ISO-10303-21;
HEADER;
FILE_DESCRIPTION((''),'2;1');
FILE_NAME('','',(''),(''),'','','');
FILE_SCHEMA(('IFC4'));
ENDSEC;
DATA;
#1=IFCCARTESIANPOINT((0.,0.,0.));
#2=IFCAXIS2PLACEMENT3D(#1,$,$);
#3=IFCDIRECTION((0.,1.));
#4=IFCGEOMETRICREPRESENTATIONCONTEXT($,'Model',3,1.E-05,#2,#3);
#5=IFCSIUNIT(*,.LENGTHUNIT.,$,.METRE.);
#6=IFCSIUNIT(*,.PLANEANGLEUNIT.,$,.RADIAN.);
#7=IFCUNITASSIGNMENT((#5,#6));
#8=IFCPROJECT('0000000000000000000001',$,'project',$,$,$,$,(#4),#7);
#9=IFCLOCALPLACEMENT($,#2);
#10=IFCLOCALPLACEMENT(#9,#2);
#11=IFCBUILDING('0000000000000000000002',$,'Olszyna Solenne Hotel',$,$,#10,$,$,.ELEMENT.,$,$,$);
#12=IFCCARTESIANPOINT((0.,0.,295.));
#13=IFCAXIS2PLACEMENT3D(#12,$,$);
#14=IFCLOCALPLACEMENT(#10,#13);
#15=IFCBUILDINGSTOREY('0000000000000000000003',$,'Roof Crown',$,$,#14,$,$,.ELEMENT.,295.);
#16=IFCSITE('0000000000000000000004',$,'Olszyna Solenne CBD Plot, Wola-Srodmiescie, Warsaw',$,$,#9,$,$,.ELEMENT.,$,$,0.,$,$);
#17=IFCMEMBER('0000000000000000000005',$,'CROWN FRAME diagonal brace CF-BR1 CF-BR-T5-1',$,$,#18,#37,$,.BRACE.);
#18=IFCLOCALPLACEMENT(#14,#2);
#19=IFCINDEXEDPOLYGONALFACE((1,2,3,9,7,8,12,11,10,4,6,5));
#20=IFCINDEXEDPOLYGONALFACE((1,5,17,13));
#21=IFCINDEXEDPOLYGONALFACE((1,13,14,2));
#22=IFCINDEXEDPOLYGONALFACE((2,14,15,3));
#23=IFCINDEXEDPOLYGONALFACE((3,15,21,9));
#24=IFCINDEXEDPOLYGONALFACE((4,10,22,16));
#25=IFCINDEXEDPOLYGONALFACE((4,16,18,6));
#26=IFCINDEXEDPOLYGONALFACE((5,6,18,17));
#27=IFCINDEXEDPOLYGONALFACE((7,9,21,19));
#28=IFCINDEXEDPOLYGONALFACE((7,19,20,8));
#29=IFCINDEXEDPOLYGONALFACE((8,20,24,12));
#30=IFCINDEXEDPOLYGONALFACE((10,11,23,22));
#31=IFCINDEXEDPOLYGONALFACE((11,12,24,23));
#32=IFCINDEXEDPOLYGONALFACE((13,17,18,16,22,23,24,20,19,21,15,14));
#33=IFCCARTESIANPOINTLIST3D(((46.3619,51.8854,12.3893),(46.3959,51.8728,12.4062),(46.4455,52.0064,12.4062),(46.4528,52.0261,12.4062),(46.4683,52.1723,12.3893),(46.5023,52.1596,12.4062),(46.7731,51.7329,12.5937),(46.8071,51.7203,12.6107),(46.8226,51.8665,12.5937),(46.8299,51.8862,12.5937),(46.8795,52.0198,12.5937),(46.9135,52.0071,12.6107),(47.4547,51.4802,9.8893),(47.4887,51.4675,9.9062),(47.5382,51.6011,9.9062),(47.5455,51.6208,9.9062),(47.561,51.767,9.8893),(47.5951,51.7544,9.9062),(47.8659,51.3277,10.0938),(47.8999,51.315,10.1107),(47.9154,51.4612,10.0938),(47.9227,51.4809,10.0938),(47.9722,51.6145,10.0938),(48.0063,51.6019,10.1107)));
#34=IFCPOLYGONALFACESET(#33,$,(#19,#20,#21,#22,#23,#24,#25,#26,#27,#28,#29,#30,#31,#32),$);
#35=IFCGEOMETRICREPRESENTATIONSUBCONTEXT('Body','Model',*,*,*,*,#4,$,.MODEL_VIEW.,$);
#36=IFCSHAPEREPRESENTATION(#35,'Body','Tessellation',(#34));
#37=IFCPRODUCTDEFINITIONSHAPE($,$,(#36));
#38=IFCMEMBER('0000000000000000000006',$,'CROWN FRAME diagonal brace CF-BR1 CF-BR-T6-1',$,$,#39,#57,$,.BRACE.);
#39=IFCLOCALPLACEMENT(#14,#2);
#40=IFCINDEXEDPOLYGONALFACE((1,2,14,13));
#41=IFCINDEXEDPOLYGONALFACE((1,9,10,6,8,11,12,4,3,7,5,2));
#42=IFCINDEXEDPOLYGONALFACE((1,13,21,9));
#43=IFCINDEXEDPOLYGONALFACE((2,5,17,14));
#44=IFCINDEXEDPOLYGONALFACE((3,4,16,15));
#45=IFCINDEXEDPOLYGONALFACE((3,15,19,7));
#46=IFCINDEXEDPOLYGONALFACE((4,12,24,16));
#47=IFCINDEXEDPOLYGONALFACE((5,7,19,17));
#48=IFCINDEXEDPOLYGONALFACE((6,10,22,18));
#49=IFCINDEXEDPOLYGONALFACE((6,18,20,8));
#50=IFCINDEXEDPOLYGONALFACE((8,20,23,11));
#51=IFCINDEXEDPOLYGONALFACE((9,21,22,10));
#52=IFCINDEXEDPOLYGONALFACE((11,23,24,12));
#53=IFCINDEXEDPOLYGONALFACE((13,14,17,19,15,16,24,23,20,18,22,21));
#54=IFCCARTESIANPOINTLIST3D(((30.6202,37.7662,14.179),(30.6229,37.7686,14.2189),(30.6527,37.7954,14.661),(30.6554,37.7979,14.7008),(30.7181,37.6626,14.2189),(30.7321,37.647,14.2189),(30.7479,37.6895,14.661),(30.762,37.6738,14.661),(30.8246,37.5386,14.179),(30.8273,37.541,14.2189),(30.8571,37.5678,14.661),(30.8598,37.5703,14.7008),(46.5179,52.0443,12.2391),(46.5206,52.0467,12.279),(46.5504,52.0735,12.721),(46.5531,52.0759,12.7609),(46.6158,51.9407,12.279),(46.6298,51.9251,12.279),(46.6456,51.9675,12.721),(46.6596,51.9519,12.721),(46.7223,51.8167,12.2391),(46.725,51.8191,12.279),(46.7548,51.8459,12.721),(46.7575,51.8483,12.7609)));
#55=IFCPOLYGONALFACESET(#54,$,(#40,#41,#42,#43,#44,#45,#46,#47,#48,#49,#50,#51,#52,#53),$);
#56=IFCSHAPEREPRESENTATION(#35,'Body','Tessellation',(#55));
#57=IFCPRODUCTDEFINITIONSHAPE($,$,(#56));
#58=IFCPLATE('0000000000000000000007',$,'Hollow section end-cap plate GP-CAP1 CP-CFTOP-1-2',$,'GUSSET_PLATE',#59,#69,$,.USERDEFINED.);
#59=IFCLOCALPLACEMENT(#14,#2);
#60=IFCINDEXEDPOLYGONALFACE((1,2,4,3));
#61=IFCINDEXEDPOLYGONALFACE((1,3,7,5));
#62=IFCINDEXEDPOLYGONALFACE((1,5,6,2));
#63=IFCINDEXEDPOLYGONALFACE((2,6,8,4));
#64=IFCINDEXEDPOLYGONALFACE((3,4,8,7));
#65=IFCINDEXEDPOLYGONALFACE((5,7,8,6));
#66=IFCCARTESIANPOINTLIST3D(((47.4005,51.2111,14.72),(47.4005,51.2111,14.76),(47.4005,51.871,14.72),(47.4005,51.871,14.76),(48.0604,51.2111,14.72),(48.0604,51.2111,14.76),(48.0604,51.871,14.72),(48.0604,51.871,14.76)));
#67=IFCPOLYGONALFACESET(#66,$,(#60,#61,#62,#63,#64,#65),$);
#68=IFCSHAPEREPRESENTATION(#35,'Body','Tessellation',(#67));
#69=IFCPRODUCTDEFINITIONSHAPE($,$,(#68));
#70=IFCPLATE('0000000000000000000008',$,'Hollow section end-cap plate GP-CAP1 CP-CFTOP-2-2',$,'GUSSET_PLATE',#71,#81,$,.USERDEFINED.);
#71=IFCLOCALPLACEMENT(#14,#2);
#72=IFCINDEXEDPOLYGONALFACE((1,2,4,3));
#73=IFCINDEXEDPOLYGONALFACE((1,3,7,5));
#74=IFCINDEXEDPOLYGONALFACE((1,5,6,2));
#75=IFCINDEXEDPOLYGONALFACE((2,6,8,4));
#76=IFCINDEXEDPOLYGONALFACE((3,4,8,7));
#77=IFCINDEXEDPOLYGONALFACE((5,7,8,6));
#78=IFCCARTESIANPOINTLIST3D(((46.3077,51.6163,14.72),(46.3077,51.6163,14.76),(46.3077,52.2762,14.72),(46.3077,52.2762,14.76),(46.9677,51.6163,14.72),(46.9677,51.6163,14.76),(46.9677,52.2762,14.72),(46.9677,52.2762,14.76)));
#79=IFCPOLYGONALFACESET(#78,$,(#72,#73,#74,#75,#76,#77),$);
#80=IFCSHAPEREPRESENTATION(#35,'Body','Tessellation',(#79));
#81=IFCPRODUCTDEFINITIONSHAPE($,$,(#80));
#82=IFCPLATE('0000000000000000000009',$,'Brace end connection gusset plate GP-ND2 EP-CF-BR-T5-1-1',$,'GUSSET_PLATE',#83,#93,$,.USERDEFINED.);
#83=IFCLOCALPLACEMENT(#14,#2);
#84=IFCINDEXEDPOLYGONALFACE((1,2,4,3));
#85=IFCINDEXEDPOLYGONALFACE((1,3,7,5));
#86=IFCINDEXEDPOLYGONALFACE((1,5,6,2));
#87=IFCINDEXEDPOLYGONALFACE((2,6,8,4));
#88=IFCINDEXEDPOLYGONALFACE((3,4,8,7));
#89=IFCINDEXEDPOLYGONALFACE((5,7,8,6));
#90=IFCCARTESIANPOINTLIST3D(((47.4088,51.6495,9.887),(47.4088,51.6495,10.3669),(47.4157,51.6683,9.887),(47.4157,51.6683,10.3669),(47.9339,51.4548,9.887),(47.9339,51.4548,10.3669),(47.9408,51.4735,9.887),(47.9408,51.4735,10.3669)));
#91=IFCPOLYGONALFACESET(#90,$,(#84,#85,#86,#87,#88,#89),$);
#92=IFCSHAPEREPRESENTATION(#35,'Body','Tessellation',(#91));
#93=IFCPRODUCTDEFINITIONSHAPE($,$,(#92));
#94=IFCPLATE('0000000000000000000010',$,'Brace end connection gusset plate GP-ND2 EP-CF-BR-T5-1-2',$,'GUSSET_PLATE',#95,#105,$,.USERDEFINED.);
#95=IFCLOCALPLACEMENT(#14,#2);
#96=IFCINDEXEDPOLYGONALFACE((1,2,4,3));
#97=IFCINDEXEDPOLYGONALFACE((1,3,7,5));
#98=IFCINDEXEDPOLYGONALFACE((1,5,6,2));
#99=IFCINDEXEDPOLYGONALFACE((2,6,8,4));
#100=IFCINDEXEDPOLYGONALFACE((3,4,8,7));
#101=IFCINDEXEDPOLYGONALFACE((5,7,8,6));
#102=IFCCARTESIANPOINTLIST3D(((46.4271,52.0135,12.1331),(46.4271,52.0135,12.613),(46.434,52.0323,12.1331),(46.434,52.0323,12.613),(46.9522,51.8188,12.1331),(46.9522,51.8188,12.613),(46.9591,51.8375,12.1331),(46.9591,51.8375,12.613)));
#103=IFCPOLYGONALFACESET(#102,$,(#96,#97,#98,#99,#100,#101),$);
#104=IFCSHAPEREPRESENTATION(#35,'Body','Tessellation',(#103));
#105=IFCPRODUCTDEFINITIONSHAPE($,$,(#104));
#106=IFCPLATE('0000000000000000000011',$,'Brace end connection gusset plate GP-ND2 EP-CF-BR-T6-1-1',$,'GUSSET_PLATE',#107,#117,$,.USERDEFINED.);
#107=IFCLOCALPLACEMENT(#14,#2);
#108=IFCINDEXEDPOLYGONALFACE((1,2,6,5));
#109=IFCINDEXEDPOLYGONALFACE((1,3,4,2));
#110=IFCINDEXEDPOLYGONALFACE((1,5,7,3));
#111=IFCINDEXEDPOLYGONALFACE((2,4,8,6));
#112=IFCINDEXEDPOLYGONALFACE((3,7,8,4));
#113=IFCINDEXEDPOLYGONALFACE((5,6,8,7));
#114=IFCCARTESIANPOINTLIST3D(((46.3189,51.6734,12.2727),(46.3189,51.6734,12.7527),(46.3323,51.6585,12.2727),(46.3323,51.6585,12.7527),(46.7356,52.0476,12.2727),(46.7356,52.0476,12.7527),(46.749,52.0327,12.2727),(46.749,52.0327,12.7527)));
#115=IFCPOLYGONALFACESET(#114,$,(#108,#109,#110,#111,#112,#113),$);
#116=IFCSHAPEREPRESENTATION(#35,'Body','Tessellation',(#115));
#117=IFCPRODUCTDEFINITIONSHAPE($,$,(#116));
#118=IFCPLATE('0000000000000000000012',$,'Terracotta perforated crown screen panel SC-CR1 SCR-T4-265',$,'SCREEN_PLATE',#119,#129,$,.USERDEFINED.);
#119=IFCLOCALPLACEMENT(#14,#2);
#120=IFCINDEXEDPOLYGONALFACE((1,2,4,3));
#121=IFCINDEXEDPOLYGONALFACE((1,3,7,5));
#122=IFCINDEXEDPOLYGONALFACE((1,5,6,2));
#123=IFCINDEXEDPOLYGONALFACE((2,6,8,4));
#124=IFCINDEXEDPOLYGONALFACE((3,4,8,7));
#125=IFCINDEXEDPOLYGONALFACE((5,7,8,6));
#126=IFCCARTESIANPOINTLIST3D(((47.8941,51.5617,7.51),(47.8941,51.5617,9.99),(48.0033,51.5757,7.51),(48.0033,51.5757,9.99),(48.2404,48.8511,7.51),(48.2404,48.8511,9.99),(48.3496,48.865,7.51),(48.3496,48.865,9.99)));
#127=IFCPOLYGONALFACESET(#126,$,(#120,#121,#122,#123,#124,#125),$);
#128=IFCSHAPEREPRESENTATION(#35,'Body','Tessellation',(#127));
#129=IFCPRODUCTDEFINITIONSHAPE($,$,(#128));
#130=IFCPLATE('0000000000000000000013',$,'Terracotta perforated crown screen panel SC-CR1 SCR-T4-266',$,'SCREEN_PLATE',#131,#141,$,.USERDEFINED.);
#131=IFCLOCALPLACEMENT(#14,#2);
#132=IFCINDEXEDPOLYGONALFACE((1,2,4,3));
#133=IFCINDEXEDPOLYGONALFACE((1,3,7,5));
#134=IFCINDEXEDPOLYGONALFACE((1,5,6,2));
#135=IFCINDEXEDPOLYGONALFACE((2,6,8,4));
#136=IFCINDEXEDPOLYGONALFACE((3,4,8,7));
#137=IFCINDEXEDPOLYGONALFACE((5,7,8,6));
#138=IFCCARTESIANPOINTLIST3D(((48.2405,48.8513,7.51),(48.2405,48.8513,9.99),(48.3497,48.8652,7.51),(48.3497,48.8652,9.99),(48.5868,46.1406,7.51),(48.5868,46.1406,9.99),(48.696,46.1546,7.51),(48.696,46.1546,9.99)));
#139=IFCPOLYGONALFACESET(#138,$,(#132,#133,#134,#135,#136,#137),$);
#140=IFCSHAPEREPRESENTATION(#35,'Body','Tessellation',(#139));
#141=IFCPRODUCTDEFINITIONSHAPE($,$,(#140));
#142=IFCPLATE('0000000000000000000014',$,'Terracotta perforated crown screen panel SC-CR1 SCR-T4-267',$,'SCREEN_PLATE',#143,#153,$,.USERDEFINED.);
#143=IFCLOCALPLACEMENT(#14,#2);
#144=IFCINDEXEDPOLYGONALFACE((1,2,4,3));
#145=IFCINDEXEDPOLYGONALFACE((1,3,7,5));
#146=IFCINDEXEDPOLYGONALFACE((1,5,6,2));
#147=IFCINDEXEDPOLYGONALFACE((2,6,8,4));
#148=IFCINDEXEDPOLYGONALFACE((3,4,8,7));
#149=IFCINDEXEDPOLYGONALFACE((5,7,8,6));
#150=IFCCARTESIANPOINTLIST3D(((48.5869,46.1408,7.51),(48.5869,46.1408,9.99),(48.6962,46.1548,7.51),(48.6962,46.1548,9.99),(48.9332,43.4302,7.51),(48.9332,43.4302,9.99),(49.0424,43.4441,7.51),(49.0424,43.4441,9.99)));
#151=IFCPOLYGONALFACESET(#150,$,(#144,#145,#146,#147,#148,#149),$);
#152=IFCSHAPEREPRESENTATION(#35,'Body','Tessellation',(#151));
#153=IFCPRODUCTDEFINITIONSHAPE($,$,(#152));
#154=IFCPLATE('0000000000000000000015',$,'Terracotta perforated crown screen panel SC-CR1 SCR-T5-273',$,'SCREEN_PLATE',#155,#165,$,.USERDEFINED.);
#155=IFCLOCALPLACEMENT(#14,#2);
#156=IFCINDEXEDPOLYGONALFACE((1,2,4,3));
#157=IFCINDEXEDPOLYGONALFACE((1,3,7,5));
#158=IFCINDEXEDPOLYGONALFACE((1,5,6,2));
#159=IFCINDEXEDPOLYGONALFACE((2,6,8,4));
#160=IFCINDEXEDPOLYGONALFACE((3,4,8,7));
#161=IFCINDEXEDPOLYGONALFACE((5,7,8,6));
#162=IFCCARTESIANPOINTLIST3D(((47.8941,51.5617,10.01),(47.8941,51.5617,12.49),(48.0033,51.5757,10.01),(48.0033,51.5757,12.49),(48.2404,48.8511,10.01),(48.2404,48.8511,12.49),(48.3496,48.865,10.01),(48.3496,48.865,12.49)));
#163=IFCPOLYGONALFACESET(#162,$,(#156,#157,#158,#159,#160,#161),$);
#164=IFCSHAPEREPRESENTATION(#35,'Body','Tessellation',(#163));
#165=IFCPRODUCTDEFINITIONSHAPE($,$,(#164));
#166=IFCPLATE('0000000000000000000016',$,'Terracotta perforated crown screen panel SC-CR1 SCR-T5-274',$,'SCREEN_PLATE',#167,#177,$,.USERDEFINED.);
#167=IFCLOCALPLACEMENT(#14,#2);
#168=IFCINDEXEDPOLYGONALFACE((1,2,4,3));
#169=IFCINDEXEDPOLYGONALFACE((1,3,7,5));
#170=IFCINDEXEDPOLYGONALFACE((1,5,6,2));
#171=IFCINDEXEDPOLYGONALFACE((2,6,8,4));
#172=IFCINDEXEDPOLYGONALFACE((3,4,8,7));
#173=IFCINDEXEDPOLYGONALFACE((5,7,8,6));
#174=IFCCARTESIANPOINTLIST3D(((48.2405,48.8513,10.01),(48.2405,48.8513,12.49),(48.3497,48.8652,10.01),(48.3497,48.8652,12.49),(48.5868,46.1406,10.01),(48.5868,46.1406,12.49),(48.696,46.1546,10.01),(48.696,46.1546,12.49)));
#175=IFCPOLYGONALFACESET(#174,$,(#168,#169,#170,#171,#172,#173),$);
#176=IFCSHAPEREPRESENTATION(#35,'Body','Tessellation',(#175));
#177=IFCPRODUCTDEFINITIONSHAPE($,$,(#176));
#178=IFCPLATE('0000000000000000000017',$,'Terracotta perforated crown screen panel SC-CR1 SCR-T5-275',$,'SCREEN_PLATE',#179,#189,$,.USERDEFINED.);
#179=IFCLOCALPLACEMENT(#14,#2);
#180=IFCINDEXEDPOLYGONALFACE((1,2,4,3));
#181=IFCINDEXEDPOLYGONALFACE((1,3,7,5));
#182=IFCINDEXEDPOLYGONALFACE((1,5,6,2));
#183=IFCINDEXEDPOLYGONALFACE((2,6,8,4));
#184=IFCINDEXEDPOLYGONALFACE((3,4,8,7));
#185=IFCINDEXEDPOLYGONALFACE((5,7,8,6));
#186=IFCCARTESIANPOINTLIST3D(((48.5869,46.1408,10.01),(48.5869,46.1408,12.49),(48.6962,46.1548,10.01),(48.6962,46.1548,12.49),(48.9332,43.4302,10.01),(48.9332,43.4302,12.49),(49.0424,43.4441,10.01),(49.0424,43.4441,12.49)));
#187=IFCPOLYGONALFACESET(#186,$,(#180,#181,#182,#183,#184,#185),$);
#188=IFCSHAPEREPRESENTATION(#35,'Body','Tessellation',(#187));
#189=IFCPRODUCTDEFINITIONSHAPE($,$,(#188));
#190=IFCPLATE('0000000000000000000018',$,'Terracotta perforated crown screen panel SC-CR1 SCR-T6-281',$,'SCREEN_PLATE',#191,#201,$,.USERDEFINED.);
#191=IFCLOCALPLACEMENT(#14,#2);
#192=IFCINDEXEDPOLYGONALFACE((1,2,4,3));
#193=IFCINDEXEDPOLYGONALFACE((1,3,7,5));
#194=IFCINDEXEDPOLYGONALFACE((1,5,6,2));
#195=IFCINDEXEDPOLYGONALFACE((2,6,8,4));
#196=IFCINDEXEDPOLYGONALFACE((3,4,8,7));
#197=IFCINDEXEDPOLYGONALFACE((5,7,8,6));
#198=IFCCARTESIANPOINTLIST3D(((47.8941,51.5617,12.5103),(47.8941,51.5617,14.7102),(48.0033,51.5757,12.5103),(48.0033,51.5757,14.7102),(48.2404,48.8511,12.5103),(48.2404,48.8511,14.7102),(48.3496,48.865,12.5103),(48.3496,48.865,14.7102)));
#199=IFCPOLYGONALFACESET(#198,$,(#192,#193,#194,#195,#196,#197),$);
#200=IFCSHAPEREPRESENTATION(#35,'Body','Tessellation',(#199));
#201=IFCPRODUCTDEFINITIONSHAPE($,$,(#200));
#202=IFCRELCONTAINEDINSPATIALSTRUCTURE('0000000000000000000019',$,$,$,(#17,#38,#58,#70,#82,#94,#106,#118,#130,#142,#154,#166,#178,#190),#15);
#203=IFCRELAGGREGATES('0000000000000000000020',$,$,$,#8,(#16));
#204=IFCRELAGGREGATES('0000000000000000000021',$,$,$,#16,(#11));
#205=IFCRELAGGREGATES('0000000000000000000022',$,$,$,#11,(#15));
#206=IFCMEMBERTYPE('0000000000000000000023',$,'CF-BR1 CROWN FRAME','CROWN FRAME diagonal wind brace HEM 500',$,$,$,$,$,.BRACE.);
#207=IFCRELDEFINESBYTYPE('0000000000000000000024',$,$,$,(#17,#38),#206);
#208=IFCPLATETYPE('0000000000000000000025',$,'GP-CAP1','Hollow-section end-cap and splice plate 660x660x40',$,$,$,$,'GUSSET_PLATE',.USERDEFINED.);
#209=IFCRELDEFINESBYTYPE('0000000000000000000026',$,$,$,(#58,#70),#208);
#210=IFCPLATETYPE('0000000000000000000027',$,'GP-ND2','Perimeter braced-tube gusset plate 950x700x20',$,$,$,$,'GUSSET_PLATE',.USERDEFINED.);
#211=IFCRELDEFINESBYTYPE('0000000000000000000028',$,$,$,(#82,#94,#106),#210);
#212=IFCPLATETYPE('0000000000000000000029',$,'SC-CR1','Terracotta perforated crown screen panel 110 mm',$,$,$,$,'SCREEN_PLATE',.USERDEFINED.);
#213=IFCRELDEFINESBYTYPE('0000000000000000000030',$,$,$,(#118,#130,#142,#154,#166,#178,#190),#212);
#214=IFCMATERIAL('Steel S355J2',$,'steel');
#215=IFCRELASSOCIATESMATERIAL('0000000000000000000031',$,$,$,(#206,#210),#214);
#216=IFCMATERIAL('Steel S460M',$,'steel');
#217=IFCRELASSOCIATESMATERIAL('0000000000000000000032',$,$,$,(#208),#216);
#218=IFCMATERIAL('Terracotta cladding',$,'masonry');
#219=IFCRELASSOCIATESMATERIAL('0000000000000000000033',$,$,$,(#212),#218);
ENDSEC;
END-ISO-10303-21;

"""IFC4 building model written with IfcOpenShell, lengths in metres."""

from ifc_helpers import new_model, si_unit, direction, frame, origin, origin_2d, place, context, subcontext, project, spatial, rectangle, i_section, extrude, source, transform, mapped, material, material_profile, profile_set, type_object, element, save


model = new_model("IFC4")

# Units and contexts
model_context = context("Model", 3, precision=1e-05, world=origin(), true_north=direction((0.0, 1.0)))
body_context = subcontext(model_context, "Body", "Model", "MODEL_VIEW")
ifc_project = project(units=[si_unit("LENGTHUNIT", "METRE"), si_unit("PLANEANGLEUNIT", "RADIAN")], contexts=[model_context])

# Site, building, storey
site_placement = place(None, origin())
site = spatial("IfcSite", under=ifc_project, at=site_placement, Name="Olszyna Solenne CBD Plot, Wola-Srodmiescie, Warsaw", CompositionType="ELEMENT", RefElevation=0.0)
building_placement = place(site_placement, origin())
building = spatial("IfcBuilding", under=site, at=building_placement, Name="Olszyna Solenne Hotel", CompositionType="ELEMENT")
storey_placement = place(building_placement, frame((0.0, 0.0, 295.0)))
storey = spatial("IfcBuildingStorey", under=building, at=storey_placement, Name="Roof Crown", CompositionType="ELEMENT", Elevation=295.0)

# Shared definitions
ifc_material_1 = material(Name="Steel S460M", Category="steel")
ifc_material_2 = material(Name="Steel S355J2", Category="steel")

# Members
ifc_material_profile_1 = material_profile(ifc_material_2, i_section(OverallWidth=0.3059, OverallDepth=0.5239, WebThickness=0.021, FlangeThickness=0.04, at=origin_2d()), Name="HEM 500", Category="load-bearing")
ifc_profile_set_1 = profile_set([ifc_material_profile_1], Name="Steel S355J2")
member_type = type_object("IfcMemberType", Name="CF-BR1 CROWN FRAME", Description="CROWN FRAME diagonal wind brace HEM 500", PredefinedType="BRACE", material=ifc_profile_set_1)
shared_shape_1 = source(origin(), body_context, "Body", "SweptSolid", [
    extrude(i_section(OverallWidth=0.3059, OverallDepth=0.5239, WebThickness=0.021, FlangeThickness=0.04, at=origin_2d()), origin(), (0.0, 0.0, 1.0), 2.7583),
])
member_1_placement = place(storey_placement, frame((47.7305, 51.541, 10.0), z_axis=(-0.396172, 0.146927, 0.906345), x_axis=(-0.347724, -0.937597, 0.0)))
element("IfcMember", 1, at=member_1_placement, inside=storey, type_object=member_type, Name="CROWN FRAME diagonal brace CF-BR1 CF-BR-T5-1", PredefinedType="BRACE", context=body_context, shape_type="MappedRepresentation", body=[
    mapped(shared_shape_1, transform((0.0, 0.0, 0.0), x_axis=(1.0, 0.0, 0.0), y_axis=(0.0, 1.0, 0.0), z_axis=(0.0, 0.0, 1.0), scale=1.0)),
])
shared_shape_2 = source(origin(), body_context, "Body", "SweptSolid", [
    extrude(i_section(OverallWidth=0.3059, OverallDepth=0.5239, WebThickness=0.021, FlangeThickness=0.04, at=origin_2d()), origin(), (0.0, 0.0, 1.0), 21.4561),
])
member_2_placement = place(storey_placement, frame((46.6377, 51.9463, 12.5), z_axis=(-0.740941, -0.665456, 0.090414), x_axis=(0.668192, -0.743989, 0.0)))
element("IfcMember", 2, at=member_2_placement, inside=storey, type_object=member_type, Name="CROWN FRAME diagonal brace CF-BR1 CF-BR-T6-1", PredefinedType="BRACE", context=body_context, shape_type="MappedRepresentation", body=[
    mapped(shared_shape_2, transform((0.0, 0.0, 0.0), x_axis=(1.0, 0.0, 0.0), y_axis=(0.0, 1.0, 0.0), z_axis=(0.0, 0.0, 1.0), scale=1.0)),
])

# Plates
plate_type_1 = type_object("IfcPlateType", Name="GP-CAP1", Description="Hollow-section end-cap and splice plate 660x660x40", ElementType="GUSSET_PLATE", PredefinedType="USERDEFINED", material=ifc_material_1)
shared_shape_3 = source(origin(), body_context, "Body", "SweptSolid", [
    extrude(rectangle(XDim=0.6599, YDim=0.6599, at=origin_2d()), origin(), (0.0, 0.0, 1.0), 0.04),
])
for number, where, z_axis, x_axis, name in (
    (3, (47.7305, 51.541, 14.72), (0.0, 0.0, 1.0), (1.0, 0.0, 0.0), "Hollow section end-cap plate GP-CAP1 CP-CFTOP-1-2"),
    (4, (46.6377, 51.9463, 14.72), (0.0, 0.0, 1.0), (1.0, 0.0, 0.0), "Hollow section end-cap plate GP-CAP1 CP-CFTOP-2-2"),
):
    element("IfcPlate", number, at=place(storey_placement, frame(where, z_axis=z_axis, x_axis=x_axis)), inside=storey, type_object=plate_type_1, Name=name, ObjectType="GUSSET_PLATE", PredefinedType="USERDEFINED", context=body_context, shape_type="MappedRepresentation", body=[
        mapped(shared_shape_3, transform((0.0, 0.0, 0.0), x_axis=(1.0, 0.0, 0.0), y_axis=(0.0, 1.0, 0.0), z_axis=(0.0, 0.0, 1.0), scale=1.0)),
    ])
plate_type_2 = type_object("IfcPlateType", Name="GP-ND2", Description="Perimeter braced-tube gusset plate 950x700x20", ElementType="GUSSET_PLATE", PredefinedType="USERDEFINED", material=ifc_material_2)
shared_shape_4 = source(origin(), body_context, "Body", "SweptSolid", [
    extrude(rectangle(XDim=0.5601, YDim=0.02, at=origin_2d()), origin(), (0.0, 0.0, 1.0), 0.48),
])
for number, where, z_axis, x_axis, name in (
    (5, (47.6748, 51.5615, 9.887), (0.0, 0.0, 1.0), (-0.937586, 0.347754, 0.0), "Brace end connection gusset plate GP-ND2 EP-CF-BR-T5-1-1"),
    (6, (46.6931, 51.9255, 12.1331), (0.0, 0.0, 1.0), (-0.937586, 0.347754, 0.0), "Brace end connection gusset plate GP-ND2 EP-CF-BR-T5-1-2"),
    (7, (46.5339, 51.853, 12.2727), (0.0, 0.0, 1.0), (-0.743962, -0.668222, 0.0), "Brace end connection gusset plate GP-ND2 EP-CF-BR-T6-1-1"),
):
    element("IfcPlate", number, at=place(storey_placement, frame(where, z_axis=z_axis, x_axis=x_axis)), inside=storey, type_object=plate_type_2, Name=name, ObjectType="GUSSET_PLATE", PredefinedType="USERDEFINED", context=body_context, shape_type="MappedRepresentation", body=[
        mapped(shared_shape_4, transform((0.0, 0.0, 0.0), x_axis=(1.0, 0.0, 0.0), y_axis=(0.0, 1.0, 0.0), z_axis=(0.0, 0.0, 1.0), scale=1.0)),
    ])
ifc_material_3 = material(Name="Terracotta cladding", Category="masonry")
plate_type_3 = type_object("IfcPlateType", Name="SC-CR1", Description="Terracotta perforated crown screen panel 110 mm", ElementType="SCREEN_PLATE", PredefinedType="USERDEFINED", material=ifc_material_3)
shared_shape_5 = source(origin(), body_context, "Body", "SweptSolid", [
    extrude(rectangle(XDim=2.7327, YDim=0.1101, at=origin_2d()), origin(), (0.0, 0.0, 1.0), 2.48),
])
for number, where, z_axis, x_axis, name in (
    (8, (48.1218, 50.2134, 7.51), (0.0, 0.0, 1.0), (0.126718, -0.991939, 0.0), "Terracotta perforated crown screen panel SC-CR1 SCR-T4-265"),
    (9, (48.4683, 47.5029, 7.51), (0.0, 0.0, 1.0), (0.126718, -0.991939, 0.0), "Terracotta perforated crown screen panel SC-CR1 SCR-T4-266"),
    (10, (48.8147, 44.7925, 7.51), (0.0, 0.0, 1.0), (0.126718, -0.991939, 0.0), "Terracotta perforated crown screen panel SC-CR1 SCR-T4-267"),
    (11, (48.1218, 50.2134, 10.01), (0.0, 0.0, 1.0), (0.126718, -0.991939, 0.0), "Terracotta perforated crown screen panel SC-CR1 SCR-T5-273"),
    (12, (48.4683, 47.5029, 10.01), (0.0, 0.0, 1.0), (0.126718, -0.991939, 0.0), "Terracotta perforated crown screen panel SC-CR1 SCR-T5-274"),
    (13, (48.8147, 44.7925, 10.01), (0.0, 0.0, 1.0), (0.126718, -0.991939, 0.0), "Terracotta perforated crown screen panel SC-CR1 SCR-T5-275"),
):
    element("IfcPlate", number, at=place(storey_placement, frame(where, z_axis=z_axis, x_axis=x_axis)), inside=storey, type_object=plate_type_3, Name=name, ObjectType="SCREEN_PLATE", PredefinedType="USERDEFINED", context=body_context, shape_type="MappedRepresentation", body=[
        mapped(shared_shape_5, transform((0.0, 0.0, 0.0), x_axis=(1.0, 0.0, 0.0), y_axis=(0.0, 1.0, 0.0), z_axis=(0.0, 0.0, 1.0), scale=1.0)),
    ])
shared_shape_6 = source(origin(), body_context, "Body", "SweptSolid", [
    extrude(rectangle(XDim=2.7327, YDim=0.1101, at=origin_2d()), origin(), (0.0, 0.0, 1.0), 2.2),
])
for number, where, z_axis, x_axis, name in (
    (14, (48.1218, 50.2134, 12.5103), (0.0, 0.0, 1.0), (0.126718, -0.991939, 0.0), "Terracotta perforated crown screen panel SC-CR1 SCR-T6-281"),
):
    element("IfcPlate", number, at=place(storey_placement, frame(where, z_axis=z_axis, x_axis=x_axis)), inside=storey, type_object=plate_type_3, Name=name, ObjectType="SCREEN_PLATE", PredefinedType="USERDEFINED", context=body_context, shape_type="MappedRepresentation", body=[
        mapped(shared_shape_6, transform((0.0, 0.0, 0.0), x_axis=(1.0, 0.0, 0.0), y_axis=(0.0, 1.0, 0.0), z_axis=(0.0, 0.0, 1.0), scale=1.0)),
    ])

save(model, "model.ifc")
